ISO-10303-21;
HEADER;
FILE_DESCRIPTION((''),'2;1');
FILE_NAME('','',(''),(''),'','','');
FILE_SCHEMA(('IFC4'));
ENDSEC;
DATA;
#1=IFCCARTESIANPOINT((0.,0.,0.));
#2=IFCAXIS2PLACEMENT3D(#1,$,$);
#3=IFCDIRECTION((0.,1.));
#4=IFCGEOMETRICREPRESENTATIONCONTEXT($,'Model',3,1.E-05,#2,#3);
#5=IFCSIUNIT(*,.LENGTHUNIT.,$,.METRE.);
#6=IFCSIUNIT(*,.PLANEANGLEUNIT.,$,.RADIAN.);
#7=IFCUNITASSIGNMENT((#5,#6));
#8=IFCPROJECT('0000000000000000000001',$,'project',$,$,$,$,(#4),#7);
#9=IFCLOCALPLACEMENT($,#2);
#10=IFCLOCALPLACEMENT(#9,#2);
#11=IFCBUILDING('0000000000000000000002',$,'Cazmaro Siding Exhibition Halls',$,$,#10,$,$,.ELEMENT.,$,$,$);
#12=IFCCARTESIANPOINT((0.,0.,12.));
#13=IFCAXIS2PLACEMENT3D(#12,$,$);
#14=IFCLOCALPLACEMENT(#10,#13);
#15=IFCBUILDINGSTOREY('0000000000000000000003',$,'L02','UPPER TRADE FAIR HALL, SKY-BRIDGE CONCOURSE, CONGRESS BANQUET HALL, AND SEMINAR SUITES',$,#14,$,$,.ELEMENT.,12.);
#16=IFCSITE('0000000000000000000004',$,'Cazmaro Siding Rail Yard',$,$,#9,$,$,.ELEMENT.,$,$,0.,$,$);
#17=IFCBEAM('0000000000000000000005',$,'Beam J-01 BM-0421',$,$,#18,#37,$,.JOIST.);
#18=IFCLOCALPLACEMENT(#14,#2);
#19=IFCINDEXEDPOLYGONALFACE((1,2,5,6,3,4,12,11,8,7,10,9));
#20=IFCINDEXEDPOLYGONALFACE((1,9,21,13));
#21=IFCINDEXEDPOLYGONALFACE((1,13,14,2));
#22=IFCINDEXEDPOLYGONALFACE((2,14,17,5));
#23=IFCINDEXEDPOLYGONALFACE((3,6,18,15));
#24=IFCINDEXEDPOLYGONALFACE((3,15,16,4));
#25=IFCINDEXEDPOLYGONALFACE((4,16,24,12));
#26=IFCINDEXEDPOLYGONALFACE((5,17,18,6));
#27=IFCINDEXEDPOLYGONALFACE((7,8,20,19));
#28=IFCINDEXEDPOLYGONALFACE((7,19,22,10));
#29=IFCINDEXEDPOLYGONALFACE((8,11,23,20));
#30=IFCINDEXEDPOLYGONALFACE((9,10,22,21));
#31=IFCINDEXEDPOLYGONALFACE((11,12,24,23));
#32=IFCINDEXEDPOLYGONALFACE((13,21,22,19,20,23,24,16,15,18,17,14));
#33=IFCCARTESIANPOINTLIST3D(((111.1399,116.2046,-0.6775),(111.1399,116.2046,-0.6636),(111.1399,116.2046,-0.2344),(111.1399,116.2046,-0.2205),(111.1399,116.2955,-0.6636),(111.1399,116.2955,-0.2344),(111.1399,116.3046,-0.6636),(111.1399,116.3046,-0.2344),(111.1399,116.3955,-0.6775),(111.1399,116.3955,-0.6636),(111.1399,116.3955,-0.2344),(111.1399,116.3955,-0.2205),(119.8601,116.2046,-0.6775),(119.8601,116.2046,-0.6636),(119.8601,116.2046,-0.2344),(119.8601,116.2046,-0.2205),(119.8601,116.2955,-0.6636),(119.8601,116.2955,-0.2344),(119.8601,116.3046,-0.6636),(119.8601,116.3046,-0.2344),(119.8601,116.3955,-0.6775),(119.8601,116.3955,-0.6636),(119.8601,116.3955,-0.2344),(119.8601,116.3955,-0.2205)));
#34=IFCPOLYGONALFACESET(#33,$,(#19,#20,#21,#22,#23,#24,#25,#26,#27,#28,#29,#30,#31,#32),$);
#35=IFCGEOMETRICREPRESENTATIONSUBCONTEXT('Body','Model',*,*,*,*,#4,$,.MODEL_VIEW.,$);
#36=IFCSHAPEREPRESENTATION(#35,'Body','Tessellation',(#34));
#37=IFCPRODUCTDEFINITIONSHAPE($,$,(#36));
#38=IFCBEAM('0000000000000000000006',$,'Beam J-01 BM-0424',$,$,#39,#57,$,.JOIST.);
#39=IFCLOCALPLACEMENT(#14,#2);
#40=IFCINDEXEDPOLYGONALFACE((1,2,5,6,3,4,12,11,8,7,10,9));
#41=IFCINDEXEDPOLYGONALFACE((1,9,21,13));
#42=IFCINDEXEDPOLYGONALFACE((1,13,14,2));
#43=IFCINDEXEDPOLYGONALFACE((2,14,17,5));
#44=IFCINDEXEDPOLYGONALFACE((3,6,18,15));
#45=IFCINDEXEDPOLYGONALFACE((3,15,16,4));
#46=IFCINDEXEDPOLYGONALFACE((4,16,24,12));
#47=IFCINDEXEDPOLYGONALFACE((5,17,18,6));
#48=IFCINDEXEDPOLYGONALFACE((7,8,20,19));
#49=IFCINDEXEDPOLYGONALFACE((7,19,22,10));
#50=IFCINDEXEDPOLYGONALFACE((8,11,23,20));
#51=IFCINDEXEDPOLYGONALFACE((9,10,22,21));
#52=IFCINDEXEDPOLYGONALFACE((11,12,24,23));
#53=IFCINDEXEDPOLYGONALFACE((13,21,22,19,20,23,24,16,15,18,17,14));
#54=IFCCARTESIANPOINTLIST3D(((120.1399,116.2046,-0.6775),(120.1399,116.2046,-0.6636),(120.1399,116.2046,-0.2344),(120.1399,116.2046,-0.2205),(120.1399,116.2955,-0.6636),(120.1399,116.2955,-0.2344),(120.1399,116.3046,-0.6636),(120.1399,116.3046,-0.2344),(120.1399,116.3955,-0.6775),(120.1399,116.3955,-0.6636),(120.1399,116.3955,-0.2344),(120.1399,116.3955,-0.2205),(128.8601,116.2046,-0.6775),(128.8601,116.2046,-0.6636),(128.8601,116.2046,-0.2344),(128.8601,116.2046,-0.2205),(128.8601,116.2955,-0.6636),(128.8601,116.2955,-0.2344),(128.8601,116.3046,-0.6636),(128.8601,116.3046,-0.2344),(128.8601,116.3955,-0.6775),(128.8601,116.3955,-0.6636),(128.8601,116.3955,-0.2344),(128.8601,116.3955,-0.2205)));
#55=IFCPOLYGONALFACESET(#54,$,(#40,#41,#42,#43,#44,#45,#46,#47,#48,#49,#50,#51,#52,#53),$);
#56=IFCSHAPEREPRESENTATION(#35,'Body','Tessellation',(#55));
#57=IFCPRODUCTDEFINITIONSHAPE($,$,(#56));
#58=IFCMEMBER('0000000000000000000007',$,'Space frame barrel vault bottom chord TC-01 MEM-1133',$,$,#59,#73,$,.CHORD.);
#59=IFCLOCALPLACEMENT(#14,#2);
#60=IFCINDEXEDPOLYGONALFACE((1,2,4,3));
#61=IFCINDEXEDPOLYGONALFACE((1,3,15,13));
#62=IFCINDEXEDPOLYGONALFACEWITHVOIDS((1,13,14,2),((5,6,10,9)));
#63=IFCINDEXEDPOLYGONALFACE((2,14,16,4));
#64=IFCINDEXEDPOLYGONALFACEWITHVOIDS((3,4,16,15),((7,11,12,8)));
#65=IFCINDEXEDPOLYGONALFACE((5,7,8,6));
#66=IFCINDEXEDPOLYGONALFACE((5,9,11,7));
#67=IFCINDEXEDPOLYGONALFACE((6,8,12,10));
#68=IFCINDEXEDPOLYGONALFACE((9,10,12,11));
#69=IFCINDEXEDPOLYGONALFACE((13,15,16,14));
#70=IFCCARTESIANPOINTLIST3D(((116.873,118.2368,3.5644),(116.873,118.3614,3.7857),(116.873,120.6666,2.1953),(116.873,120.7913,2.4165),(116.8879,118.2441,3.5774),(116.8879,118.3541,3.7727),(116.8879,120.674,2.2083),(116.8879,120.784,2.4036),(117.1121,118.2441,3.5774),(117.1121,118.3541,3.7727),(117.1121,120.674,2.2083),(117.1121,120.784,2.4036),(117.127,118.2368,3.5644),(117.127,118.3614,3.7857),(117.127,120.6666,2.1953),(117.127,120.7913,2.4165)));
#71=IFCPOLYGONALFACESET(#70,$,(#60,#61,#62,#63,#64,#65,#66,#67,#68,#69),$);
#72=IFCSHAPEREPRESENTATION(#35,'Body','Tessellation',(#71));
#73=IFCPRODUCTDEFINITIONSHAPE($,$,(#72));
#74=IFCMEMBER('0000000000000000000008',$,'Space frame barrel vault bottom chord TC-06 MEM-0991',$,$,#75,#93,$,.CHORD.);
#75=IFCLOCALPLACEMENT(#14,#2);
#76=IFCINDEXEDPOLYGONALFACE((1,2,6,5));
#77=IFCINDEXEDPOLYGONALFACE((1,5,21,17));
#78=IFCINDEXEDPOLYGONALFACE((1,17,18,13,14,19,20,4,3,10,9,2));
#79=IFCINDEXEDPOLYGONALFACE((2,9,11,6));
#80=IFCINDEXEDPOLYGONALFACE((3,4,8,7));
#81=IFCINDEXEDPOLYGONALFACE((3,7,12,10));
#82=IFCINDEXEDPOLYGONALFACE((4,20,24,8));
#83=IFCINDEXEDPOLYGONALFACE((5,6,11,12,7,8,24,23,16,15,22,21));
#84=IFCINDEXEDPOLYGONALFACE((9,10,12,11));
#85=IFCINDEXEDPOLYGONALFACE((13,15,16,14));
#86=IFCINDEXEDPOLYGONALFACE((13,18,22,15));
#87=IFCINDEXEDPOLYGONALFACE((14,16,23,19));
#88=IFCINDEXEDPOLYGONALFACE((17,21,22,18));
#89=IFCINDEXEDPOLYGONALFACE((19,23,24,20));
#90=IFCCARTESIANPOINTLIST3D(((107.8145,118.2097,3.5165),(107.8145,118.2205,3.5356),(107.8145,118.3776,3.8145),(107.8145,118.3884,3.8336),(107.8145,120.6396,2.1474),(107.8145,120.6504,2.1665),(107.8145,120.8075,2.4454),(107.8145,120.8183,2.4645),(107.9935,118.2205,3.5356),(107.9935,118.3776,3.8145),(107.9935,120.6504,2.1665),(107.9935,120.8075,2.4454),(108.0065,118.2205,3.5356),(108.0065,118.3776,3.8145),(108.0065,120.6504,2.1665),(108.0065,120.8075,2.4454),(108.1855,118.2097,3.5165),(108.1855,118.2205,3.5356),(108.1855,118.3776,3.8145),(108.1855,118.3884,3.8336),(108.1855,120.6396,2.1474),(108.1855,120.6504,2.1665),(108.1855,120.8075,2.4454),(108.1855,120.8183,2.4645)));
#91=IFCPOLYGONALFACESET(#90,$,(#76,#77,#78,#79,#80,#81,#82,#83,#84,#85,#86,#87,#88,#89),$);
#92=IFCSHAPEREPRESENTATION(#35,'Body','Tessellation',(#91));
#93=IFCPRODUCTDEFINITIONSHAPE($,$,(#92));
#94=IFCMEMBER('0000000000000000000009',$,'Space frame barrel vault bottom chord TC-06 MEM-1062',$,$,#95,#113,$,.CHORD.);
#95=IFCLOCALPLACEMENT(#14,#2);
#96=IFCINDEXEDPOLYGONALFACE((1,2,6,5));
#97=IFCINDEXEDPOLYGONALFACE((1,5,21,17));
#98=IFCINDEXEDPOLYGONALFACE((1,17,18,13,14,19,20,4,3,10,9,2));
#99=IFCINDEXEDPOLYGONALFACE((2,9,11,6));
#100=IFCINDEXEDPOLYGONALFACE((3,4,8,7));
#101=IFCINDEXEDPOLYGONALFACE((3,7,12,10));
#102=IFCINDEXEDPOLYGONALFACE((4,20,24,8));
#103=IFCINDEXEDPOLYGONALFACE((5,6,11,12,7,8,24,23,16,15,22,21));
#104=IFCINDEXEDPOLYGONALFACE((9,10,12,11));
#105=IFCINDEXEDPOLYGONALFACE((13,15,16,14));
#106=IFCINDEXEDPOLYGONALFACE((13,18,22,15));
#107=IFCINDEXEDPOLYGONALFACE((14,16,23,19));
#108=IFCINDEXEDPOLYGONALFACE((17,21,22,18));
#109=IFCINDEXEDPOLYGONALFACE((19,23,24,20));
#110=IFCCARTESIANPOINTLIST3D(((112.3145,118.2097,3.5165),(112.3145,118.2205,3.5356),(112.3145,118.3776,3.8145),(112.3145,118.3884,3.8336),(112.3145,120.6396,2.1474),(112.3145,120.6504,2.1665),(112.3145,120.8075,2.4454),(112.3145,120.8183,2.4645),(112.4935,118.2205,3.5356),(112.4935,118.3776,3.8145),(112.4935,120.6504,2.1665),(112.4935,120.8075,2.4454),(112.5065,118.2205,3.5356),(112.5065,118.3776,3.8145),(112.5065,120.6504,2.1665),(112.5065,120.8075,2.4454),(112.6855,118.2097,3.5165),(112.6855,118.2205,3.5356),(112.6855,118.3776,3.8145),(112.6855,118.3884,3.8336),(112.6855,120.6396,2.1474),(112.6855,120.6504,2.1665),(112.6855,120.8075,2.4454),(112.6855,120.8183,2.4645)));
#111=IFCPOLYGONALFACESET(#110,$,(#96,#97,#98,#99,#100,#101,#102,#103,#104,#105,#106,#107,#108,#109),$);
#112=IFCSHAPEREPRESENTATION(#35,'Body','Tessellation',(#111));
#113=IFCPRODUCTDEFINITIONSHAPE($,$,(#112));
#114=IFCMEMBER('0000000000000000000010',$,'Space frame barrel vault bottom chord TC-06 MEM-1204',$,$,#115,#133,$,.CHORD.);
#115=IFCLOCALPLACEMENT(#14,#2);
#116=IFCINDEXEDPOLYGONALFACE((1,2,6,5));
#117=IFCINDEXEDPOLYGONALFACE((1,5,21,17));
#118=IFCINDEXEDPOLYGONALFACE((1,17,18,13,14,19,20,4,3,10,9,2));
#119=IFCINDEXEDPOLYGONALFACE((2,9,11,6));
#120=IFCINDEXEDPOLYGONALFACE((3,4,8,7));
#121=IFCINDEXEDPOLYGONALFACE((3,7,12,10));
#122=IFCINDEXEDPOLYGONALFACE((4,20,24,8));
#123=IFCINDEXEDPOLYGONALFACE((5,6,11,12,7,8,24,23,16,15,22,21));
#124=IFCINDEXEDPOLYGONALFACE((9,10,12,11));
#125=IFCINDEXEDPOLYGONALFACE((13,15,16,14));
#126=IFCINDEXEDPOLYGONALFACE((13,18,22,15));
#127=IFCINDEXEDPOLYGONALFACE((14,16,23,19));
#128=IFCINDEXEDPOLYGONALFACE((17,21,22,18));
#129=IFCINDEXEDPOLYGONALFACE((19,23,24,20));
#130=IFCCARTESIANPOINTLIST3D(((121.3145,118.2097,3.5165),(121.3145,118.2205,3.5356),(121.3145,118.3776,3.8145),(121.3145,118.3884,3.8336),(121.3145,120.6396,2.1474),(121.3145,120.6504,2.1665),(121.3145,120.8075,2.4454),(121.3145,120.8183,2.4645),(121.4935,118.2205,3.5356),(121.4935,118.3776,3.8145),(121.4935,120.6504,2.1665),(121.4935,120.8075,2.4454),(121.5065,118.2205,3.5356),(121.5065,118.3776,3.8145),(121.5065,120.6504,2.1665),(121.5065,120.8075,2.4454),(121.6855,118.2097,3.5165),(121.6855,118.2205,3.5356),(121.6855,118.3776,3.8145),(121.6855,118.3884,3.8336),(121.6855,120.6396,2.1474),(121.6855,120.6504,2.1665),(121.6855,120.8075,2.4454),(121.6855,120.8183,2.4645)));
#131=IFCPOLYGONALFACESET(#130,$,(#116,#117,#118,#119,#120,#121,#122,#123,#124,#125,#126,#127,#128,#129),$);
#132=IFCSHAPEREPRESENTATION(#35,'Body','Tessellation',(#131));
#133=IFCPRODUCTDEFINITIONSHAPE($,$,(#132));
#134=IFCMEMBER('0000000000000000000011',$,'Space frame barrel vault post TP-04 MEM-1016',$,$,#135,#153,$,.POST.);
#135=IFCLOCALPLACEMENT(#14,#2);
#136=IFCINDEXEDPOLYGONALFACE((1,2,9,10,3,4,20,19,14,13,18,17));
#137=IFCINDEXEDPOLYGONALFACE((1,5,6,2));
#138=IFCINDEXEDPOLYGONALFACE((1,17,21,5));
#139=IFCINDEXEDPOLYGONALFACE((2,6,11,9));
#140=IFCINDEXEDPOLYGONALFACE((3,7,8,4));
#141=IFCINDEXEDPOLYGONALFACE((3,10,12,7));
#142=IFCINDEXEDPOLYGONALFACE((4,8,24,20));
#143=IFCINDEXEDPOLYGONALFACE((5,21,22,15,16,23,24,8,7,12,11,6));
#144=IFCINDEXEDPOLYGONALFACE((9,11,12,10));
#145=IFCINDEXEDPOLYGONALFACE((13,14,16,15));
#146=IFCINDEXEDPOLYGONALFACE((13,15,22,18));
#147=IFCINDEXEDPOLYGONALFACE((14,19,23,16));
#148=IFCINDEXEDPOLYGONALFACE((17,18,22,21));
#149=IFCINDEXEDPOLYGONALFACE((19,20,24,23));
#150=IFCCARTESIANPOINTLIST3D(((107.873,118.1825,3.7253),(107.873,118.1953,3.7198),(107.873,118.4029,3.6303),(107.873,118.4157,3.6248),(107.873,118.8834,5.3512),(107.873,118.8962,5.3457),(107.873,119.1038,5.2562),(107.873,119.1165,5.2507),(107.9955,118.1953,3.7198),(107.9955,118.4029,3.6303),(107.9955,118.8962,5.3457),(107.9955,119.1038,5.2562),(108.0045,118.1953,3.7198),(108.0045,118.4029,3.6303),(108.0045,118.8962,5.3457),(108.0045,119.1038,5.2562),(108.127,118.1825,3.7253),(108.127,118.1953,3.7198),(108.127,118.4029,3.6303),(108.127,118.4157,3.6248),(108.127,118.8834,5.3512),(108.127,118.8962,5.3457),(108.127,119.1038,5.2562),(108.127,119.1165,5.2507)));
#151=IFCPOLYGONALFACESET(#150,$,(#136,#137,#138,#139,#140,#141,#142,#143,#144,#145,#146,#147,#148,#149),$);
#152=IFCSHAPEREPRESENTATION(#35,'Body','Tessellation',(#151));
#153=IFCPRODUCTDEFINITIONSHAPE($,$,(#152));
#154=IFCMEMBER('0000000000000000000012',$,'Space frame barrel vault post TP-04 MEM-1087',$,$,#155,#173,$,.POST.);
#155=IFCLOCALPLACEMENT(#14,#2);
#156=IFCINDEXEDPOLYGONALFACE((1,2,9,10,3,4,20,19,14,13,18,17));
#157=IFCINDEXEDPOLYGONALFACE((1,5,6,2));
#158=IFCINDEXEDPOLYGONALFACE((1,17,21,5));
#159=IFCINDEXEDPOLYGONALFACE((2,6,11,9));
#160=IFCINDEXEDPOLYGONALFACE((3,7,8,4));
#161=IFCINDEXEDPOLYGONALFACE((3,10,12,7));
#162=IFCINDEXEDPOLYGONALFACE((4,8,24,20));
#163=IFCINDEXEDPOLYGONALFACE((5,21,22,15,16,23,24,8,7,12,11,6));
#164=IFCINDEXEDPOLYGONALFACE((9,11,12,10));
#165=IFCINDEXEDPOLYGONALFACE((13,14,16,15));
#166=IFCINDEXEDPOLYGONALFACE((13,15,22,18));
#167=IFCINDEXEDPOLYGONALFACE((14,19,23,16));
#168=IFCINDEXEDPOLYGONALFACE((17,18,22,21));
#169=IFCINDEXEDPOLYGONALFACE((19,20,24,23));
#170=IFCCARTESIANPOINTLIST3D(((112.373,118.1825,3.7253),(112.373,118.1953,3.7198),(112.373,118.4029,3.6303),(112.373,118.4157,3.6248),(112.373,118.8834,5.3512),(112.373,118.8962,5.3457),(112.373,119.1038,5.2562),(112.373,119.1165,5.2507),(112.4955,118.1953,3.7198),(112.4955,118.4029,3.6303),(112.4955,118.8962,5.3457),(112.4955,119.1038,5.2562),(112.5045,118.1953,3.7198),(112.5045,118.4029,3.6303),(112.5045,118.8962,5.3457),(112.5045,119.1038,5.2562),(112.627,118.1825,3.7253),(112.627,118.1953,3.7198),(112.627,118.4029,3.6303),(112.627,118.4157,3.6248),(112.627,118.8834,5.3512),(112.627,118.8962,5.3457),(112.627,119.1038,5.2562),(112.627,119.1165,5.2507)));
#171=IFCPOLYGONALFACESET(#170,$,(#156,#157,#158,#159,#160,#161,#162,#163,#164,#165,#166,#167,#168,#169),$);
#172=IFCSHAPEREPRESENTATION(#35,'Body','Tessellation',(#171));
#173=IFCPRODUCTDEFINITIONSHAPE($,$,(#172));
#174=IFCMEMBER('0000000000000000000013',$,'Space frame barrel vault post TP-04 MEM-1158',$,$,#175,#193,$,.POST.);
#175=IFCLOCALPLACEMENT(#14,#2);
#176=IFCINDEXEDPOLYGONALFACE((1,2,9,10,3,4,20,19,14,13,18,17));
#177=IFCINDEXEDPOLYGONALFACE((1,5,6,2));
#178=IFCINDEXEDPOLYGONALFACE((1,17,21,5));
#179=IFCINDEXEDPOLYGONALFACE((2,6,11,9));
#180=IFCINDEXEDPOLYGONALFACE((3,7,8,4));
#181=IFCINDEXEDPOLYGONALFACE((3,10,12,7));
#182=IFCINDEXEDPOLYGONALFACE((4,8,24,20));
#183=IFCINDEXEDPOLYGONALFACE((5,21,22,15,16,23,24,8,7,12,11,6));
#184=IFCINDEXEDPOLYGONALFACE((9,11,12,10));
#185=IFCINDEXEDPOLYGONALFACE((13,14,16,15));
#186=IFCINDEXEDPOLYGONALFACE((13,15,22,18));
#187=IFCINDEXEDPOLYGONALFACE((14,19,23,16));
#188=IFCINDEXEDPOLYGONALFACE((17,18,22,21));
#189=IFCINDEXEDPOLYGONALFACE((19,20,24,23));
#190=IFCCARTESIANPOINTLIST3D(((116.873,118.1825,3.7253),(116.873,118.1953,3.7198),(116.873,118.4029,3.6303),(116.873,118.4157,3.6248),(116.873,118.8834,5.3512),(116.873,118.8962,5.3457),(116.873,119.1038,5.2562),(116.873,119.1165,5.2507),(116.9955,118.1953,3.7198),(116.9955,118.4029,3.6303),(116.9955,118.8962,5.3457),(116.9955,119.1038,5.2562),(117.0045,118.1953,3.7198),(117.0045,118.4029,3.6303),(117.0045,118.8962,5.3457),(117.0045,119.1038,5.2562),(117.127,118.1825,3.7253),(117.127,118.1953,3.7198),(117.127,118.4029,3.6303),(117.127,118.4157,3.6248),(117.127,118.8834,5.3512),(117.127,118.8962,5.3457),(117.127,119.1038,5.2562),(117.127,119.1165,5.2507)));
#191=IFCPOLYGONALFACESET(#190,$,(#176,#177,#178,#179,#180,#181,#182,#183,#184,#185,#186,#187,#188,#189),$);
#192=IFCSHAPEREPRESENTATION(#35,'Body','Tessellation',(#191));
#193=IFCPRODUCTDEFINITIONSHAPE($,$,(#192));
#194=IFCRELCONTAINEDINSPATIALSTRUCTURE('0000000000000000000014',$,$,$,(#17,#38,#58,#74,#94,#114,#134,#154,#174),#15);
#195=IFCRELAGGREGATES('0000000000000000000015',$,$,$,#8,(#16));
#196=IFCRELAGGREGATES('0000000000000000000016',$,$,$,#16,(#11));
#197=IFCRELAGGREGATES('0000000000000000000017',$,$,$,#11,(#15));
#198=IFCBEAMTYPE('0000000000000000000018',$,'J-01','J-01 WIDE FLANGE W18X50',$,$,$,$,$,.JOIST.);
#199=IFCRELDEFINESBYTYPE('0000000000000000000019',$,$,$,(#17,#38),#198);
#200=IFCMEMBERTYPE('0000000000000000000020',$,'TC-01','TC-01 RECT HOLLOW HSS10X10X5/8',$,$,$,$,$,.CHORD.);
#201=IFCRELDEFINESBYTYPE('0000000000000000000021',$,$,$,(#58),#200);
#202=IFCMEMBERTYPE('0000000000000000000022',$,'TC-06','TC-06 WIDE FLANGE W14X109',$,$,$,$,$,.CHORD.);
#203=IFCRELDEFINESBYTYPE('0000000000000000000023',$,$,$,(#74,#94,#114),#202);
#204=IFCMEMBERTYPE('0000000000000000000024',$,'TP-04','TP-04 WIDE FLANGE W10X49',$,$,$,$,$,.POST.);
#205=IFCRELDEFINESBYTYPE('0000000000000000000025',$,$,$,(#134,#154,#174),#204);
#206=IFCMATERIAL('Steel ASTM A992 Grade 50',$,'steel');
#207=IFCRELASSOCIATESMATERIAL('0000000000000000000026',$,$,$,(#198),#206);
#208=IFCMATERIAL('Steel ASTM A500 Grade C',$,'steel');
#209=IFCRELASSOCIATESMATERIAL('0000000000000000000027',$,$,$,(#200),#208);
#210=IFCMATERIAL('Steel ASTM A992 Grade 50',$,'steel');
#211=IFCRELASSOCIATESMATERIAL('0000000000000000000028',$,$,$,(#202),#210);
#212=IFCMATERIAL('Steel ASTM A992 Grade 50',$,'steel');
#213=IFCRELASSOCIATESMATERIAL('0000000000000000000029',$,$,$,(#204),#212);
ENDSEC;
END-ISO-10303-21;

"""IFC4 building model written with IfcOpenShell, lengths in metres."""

from ifc_helpers import new_model, si_unit, direction, frame, origin, origin_2d, place, context, subcontext, project, spatial, hollow_rectangle, i_section, extrude, material, material_profile, profile_set, type_object, element, save


model = new_model("IFC4")

# Units and contexts
model_context = context("Model", 3, precision=1e-05, world=origin(), true_north=direction((0.0, 1.0)))
body_context = subcontext(model_context, "Body", "Model", "MODEL_VIEW")
ifc_project = project(units=[si_unit("LENGTHUNIT", "METRE"), si_unit("PLANEANGLEUNIT", "RADIAN")], contexts=[model_context])

# Site, building, storey
site_placement = place(None, origin())
site = spatial("IfcSite", under=ifc_project, at=site_placement, Name="Cazmaro Siding Rail Yard", CompositionType="ELEMENT", RefElevation=0.0)
building_placement = place(site_placement, origin())
building = spatial("IfcBuilding", under=site, at=building_placement, Name="Cazmaro Siding Exhibition Halls", CompositionType="ELEMENT")
storey_placement = place(building_placement, frame((0.0, 0.0, 12.0)))
storey = spatial("IfcBuildingStorey", under=building, at=storey_placement, Name="L02", Description="UPPER TRADE FAIR HALL, SKY-BRIDGE CONCOURSE, CONGRESS BANQUET HALL, AND SEMINAR SUITES", CompositionType="ELEMENT", Elevation=12.0)

# Beams
ifc_material_1 = material(Name="Steel ASTM A992 Grade 50", Category="steel")
ifc_material_profile_1 = material_profile(ifc_material_1, i_section(OverallWidth=0.1909, OverallDepth=0.457, WebThickness=0.009, FlangeThickness=0.0139, at=origin_2d()), Name="W18X50")
ifc_profile_set_1 = profile_set([ifc_material_profile_1], Name="Steel ASTM A992 Grade 50")
beam_type = type_object("IfcBeamType", Name="J-01", Description="J-01 WIDE FLANGE W18X50", PredefinedType="JOIST", material=ifc_profile_set_1)
for number, where, z_axis, x_axis, name in (
    (1, (111.1399, 116.3, -0.449), (1.0, 0.0, 0.0), (0.0, 1.0, 0.0), "Beam J-01 BM-0421"),
    (2, (120.1399, 116.3, -0.449), (1.0, 0.0, 0.0), (0.0, 1.0, 0.0), "Beam J-01 BM-0424"),
):
    element("IfcBeam", number, at=place(storey_placement, frame(where, z_axis=z_axis, x_axis=x_axis)), inside=storey, type_object=beam_type, Name=name, PredefinedType="JOIST", context=body_context, shape_type="SweptSolid", body=[
        extrude(i_section(OverallWidth=0.1909, OverallDepth=0.457, WebThickness=0.009, FlangeThickness=0.0139, at=origin_2d()), origin(), (0.0, 0.0, 1.0), 8.7202),
    ])

# Members
ifc_material_2 = material(Name="Steel ASTM A500 Grade C", Category="steel")
ifc_material_profile_2 = material_profile(ifc_material_2, hollow_rectangle(XDim=0.2539, YDim=0.2539, WallThickness=0.0149, at=origin_2d()), Name="HSS10X10X5/8")
ifc_profile_set_2 = profile_set([ifc_material_profile_2], Name="Steel ASTM A500 Grade C")
member_type_1 = type_object("IfcMemberType", Name="TC-01", Description="TC-01 RECT HOLLOW HSS10X10X5/8", PredefinedType="CHORD", material=ifc_profile_set_2)
member_placement = place(storey_placement, frame((117.0, 118.2991, 3.675), z_axis=(0.0, 0.871222, -0.490889), x_axis=(-1.0, 0.0, 0.0)))
element("IfcMember", 3, at=member_placement, inside=storey, type_object=member_type_1, Name="Space frame barrel vault bottom chord TC-01 MEM-1133", PredefinedType="CHORD", context=body_context, shape_type="SweptSolid", body=[
    extrude(hollow_rectangle(XDim=0.2539, YDim=0.2539, WallThickness=0.0149, at=origin_2d()), origin(), (0.0, 0.0, 1.0), 2.7891),
])
ifc_material_3 = material(Name="Steel ASTM A992 Grade 50", Category="steel")
ifc_material_profile_3 = material_profile(ifc_material_3, i_section(OverallWidth=0.3711, OverallDepth=0.364, WebThickness=0.0129, FlangeThickness=0.022, at=origin_2d()), Name="W14X109")
ifc_profile_set_3 = profile_set([ifc_material_profile_3], Name="Steel ASTM A992 Grade 50")
member_type_2 = type_object("IfcMemberType", Name="TC-06", Description="TC-06 WIDE FLANGE W14X109", PredefinedType="CHORD", material=ifc_profile_set_3)
for number, where, z_axis, x_axis, name in (
    (4, (108.0, 118.2991, 3.675), (0.0, 0.871222, -0.490889), (-1.0, 0.0, 0.0), "Space frame barrel vault bottom chord TC-06 MEM-0991"),
    (5, (112.5, 118.2991, 3.675), (0.0, 0.871222, -0.490889), (-1.0, 0.0, 0.0), "Space frame barrel vault bottom chord TC-06 MEM-1062"),
    (6, (121.5, 118.2991, 3.675), (0.0, 0.871222, -0.490889), (-1.0, 0.0, 0.0), "Space frame barrel vault bottom chord TC-06 MEM-1204"),
):
    element("IfcMember", number, at=place(storey_placement, frame(where, z_axis=z_axis, x_axis=x_axis)), inside=storey, type_object=member_type_2, Name=name, PredefinedType="CHORD", context=body_context, shape_type="SweptSolid", body=[
        extrude(i_section(OverallWidth=0.3711, OverallDepth=0.364, WebThickness=0.0129, FlangeThickness=0.022, at=origin_2d()), origin(), (0.0, 0.0, 1.0), 2.7891),
    ])
ifc_material_4 = material(Name="Steel ASTM A992 Grade 50", Category="steel")
ifc_material_profile_4 = material_profile(ifc_material_4, i_section(OverallWidth=0.2539, OverallDepth=0.2539, WebThickness=0.009, FlangeThickness=0.0139, at=origin_2d()), Name="W10X49")
ifc_profile_set_4 = profile_set([ifc_material_profile_4], Name="Steel ASTM A992 Grade 50")
member_type_3 = type_object("IfcMemberType", Name="TP-04", Description="TP-04 WIDE FLANGE W10X49", PredefinedType="POST", material=ifc_profile_set_4)
for number, where, z_axis, x_axis, name in (
    (7, (108.0, 118.2991, 3.675), (0.0, 0.395865, 0.918309), (-1.0, 0.0, 0.0), "Space frame barrel vault post TP-04 MEM-1016"),
    (8, (112.5, 118.2991, 3.675), (0.0, 0.395865, 0.918309), (-1.0, 0.0, 0.0), "Space frame barrel vault post TP-04 MEM-1087"),
    (9, (117.0, 118.2991, 3.675), (0.0, 0.395865, 0.918309), (-1.0, 0.0, 0.0), "Space frame barrel vault post TP-04 MEM-1158"),
):
    element("IfcMember", number, at=place(storey_placement, frame(where, z_axis=z_axis, x_axis=x_axis)), inside=storey, type_object=member_type_3, Name=name, PredefinedType="POST", context=body_context, shape_type="SweptSolid", body=[
        extrude(i_section(OverallWidth=0.2539, OverallDepth=0.2539, WebThickness=0.009, FlangeThickness=0.0139, at=origin_2d()), origin(), (0.0, 0.0, 1.0), 1.7705),
    ])

save(model, "model.ifc")
